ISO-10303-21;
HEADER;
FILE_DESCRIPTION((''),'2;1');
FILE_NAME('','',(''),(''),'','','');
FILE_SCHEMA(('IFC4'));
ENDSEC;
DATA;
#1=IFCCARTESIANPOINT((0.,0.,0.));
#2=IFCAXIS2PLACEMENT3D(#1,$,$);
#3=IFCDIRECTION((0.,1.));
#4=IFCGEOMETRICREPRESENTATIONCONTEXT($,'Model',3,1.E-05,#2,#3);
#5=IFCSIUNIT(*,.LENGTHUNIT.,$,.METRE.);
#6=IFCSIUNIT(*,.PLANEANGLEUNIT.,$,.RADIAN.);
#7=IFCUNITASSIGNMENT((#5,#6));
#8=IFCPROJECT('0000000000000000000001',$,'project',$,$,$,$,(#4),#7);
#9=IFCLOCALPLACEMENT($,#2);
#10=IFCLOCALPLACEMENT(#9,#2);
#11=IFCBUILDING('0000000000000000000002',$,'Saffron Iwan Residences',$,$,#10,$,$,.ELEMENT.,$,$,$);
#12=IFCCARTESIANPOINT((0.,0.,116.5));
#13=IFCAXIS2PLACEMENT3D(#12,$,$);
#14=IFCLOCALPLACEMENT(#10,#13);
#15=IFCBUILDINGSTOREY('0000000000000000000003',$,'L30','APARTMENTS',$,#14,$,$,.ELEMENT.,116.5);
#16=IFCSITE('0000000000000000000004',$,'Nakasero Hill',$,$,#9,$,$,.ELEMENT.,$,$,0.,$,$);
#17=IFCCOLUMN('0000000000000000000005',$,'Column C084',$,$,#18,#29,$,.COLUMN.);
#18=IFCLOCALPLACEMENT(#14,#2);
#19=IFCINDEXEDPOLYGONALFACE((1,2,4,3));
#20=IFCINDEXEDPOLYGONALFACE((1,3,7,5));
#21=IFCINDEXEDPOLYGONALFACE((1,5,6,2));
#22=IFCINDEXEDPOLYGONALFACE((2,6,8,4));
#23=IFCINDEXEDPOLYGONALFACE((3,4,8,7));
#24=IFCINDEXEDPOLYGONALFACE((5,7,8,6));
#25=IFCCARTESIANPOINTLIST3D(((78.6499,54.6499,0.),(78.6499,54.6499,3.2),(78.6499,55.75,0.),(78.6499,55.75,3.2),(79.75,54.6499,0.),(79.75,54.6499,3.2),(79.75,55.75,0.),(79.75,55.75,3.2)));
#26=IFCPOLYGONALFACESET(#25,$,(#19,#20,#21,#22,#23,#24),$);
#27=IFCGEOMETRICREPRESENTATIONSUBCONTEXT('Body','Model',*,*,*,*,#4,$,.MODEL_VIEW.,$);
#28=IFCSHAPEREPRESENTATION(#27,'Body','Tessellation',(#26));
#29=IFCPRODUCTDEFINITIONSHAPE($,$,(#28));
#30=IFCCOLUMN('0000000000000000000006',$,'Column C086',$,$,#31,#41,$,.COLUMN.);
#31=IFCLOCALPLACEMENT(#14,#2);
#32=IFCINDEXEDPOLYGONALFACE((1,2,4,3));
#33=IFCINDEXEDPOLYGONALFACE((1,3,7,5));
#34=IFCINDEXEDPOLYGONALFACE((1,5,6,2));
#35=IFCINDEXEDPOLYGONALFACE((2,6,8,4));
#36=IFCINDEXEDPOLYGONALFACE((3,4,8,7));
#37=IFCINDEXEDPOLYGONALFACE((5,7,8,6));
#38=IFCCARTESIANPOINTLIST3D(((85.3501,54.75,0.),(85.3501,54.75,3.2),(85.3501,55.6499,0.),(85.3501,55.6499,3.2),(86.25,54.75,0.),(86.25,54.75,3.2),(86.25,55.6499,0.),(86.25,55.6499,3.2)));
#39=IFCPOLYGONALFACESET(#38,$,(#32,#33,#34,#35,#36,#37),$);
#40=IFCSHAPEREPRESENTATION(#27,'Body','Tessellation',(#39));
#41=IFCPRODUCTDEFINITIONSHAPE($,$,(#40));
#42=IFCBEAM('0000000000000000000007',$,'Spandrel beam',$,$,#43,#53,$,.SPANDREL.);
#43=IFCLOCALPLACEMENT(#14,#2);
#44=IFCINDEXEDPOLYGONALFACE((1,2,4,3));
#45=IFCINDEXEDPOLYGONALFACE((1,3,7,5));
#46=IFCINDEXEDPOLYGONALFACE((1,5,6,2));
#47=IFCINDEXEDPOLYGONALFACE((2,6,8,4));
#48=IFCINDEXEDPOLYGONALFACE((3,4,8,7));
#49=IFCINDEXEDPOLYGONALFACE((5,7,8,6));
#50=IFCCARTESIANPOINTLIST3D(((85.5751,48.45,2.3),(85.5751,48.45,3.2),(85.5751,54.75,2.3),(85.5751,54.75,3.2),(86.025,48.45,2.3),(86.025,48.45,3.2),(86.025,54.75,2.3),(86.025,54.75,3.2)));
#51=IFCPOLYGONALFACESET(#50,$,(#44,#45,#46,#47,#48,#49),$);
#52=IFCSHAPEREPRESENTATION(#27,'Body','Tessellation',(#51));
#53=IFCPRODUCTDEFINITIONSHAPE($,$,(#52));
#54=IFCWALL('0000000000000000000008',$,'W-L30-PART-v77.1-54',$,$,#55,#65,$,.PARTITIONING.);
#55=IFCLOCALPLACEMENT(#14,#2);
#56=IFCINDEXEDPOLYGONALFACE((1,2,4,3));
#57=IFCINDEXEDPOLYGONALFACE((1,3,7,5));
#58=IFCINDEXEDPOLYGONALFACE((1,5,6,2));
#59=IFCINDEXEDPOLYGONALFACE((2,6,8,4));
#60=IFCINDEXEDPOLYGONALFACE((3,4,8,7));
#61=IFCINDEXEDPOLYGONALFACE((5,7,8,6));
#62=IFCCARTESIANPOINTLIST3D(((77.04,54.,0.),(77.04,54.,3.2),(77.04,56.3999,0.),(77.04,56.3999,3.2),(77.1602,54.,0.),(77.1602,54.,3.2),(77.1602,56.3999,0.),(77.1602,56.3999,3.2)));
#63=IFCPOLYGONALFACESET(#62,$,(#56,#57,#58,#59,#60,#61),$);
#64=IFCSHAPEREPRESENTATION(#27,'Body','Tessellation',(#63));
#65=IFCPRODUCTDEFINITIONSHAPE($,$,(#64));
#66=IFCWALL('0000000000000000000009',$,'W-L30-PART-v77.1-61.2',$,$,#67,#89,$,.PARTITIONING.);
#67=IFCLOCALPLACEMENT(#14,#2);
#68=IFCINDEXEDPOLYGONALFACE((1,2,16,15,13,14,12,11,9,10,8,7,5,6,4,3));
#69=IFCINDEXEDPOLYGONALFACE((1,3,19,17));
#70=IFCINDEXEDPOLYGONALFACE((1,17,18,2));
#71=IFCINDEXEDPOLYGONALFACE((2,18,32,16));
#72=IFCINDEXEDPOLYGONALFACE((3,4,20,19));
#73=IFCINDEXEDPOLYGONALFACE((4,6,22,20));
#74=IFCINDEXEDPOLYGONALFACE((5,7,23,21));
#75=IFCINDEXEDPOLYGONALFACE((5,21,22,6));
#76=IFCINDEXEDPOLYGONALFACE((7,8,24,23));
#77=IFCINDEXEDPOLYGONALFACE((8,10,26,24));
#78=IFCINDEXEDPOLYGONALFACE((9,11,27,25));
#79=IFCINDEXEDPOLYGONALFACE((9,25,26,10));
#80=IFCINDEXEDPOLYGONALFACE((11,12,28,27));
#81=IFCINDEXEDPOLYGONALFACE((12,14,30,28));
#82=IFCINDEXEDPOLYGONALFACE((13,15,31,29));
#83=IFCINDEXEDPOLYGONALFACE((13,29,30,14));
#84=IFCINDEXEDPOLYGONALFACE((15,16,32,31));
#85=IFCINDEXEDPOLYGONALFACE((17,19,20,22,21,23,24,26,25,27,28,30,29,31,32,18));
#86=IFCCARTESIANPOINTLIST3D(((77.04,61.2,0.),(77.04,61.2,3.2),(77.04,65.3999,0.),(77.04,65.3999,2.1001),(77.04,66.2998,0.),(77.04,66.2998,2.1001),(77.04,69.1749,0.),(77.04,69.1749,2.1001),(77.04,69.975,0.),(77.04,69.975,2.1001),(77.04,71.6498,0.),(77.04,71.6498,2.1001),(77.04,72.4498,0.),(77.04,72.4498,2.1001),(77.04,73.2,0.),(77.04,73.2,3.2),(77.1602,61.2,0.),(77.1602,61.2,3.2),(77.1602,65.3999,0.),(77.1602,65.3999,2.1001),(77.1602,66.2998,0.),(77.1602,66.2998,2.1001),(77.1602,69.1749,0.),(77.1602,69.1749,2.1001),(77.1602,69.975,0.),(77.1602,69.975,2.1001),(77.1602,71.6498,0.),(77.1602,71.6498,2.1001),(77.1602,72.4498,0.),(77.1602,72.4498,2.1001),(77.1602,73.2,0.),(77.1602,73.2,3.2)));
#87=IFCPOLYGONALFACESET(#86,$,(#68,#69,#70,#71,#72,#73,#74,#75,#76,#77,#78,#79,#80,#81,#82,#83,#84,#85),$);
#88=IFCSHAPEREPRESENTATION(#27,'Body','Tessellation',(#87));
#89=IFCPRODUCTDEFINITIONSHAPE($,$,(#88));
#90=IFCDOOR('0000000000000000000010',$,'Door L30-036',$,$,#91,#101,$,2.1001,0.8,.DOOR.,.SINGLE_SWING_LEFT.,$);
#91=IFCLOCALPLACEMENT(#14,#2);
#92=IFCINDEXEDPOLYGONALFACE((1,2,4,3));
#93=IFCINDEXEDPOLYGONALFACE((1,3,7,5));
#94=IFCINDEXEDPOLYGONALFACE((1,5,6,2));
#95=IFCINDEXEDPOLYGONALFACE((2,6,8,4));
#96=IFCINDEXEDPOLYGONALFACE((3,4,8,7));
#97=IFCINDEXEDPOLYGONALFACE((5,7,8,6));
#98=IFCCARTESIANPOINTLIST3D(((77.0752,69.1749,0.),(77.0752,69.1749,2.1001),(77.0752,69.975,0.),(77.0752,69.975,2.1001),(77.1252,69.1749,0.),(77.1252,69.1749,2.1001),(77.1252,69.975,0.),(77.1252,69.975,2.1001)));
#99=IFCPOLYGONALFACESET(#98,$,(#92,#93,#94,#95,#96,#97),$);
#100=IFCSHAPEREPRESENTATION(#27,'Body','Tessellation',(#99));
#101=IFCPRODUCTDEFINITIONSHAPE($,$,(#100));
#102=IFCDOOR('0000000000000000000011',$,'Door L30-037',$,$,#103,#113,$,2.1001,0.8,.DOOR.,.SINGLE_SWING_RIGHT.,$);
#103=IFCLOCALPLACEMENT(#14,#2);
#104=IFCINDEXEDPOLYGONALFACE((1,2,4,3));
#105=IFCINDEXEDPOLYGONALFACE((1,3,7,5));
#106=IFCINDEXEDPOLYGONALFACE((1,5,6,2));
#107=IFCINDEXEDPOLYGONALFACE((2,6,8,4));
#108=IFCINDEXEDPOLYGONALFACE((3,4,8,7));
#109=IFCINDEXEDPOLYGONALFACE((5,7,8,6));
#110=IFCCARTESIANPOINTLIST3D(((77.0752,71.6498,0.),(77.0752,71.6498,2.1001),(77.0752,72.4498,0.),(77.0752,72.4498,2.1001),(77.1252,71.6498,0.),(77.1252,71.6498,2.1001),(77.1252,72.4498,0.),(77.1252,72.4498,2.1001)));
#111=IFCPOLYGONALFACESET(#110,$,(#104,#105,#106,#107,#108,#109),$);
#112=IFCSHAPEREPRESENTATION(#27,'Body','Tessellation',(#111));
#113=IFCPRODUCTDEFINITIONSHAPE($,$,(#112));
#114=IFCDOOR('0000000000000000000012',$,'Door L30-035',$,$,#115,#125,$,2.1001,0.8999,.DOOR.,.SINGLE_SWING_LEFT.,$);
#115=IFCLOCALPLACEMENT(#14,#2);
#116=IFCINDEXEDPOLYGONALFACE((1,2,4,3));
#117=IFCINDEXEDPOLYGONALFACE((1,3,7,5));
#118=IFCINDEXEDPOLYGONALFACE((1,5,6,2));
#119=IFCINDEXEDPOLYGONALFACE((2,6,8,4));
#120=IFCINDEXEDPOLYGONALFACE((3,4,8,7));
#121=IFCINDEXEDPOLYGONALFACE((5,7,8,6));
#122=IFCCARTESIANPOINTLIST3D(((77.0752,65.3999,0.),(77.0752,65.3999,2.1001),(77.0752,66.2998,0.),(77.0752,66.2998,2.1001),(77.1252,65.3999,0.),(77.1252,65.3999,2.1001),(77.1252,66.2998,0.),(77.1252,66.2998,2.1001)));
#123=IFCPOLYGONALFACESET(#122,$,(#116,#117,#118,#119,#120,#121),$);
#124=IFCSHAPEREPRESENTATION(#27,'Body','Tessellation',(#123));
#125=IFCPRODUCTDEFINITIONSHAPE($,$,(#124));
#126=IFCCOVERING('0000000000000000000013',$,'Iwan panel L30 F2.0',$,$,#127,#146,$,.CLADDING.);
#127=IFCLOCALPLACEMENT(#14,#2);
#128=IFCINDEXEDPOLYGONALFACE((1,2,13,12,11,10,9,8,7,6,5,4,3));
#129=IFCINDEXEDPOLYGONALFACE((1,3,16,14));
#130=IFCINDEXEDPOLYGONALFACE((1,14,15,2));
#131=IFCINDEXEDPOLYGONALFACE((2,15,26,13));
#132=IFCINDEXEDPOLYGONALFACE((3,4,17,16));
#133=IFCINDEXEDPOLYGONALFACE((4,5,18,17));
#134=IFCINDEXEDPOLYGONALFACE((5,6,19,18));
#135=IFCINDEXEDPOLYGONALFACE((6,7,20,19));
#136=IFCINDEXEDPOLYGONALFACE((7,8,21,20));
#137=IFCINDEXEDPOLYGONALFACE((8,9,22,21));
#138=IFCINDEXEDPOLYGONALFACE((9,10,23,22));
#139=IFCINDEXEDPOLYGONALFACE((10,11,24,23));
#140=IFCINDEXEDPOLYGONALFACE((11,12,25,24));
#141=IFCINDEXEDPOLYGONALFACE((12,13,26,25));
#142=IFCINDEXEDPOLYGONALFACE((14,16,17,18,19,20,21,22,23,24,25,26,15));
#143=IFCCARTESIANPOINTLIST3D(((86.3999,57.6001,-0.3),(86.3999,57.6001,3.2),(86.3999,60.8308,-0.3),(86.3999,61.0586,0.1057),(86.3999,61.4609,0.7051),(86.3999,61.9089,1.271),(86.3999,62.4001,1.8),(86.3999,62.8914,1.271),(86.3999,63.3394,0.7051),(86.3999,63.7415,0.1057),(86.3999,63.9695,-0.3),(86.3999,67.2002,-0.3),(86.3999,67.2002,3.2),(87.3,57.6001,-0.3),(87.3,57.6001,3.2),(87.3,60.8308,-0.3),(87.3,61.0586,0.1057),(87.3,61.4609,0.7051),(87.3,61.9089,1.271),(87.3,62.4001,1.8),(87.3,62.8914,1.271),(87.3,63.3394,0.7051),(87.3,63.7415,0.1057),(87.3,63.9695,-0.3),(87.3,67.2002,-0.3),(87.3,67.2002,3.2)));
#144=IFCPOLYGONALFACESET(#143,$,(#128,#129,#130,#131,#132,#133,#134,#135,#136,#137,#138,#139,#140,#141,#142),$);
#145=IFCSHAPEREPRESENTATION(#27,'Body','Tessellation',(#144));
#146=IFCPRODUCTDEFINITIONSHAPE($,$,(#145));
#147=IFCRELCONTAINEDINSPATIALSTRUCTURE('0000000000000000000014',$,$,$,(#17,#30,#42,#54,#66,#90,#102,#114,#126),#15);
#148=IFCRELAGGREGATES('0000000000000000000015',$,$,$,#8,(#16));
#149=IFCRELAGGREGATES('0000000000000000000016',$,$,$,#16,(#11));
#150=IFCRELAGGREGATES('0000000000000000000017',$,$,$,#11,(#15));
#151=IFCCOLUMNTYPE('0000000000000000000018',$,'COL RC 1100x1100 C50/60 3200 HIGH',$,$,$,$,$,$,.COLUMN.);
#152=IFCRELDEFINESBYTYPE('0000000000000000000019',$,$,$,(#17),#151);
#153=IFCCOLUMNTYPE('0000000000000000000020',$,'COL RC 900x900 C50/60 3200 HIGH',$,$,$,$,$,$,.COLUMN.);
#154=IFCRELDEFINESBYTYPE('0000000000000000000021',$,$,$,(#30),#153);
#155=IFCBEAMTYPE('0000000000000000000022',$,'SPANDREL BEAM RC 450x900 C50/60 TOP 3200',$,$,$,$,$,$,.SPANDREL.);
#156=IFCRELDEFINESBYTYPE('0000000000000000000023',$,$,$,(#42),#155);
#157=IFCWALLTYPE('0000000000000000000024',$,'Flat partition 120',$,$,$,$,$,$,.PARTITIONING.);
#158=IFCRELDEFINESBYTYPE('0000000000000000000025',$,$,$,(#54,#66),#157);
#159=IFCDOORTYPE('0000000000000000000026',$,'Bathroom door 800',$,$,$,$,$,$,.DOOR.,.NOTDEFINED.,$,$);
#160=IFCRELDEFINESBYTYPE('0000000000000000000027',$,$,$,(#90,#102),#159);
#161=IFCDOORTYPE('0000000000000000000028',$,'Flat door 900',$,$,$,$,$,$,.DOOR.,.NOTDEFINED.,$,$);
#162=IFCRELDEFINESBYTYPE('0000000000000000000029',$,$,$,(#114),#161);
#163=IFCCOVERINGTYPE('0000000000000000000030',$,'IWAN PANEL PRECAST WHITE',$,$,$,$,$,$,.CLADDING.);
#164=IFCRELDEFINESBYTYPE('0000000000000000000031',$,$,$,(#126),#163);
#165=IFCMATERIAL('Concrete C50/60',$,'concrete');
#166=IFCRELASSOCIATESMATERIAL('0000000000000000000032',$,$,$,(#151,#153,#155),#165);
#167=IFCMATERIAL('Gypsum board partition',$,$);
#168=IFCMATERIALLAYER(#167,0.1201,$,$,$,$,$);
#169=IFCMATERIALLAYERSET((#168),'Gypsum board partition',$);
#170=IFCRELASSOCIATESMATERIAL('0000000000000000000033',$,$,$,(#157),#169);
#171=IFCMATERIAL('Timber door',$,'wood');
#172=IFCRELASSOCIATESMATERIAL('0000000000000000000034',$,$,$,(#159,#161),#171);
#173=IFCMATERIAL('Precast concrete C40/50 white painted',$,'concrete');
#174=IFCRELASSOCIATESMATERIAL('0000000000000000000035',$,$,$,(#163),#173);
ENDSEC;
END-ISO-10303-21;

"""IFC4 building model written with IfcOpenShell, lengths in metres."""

from ifc_helpers import new_model, si_unit, direction, frame, frame_2d, origin, origin_2d, place, context, subcontext, project, spatial, polyline, rectangle, outline, extrude, source, transform, mapped, material, layer, layer_set, material_profile, profile_set, type_object, element, fill, save


model = new_model("IFC4")

# Units and contexts
model_context = context("Model", 3, precision=1e-05, world=origin(), true_north=direction((0.0, 1.0)))
body_context = subcontext(model_context, "Body", "Model", "MODEL_VIEW")
ifc_project = project(units=[si_unit("LENGTHUNIT", "METRE"), si_unit("PLANEANGLEUNIT", "RADIAN")], contexts=[model_context])

# Site, building, storey
site_placement = place(None, origin())
site = spatial("IfcSite", under=ifc_project, at=site_placement, Name="Nakasero Hill", CompositionType="ELEMENT", RefElevation=0.0)
building_placement = place(site_placement, origin())
building = spatial("IfcBuilding", under=site, at=building_placement, Name="Saffron Iwan Residences", CompositionType="ELEMENT")
storey_placement = place(building_placement, frame((0.0, 0.0, 116.5)))
storey = spatial("IfcBuildingStorey", under=building, at=storey_placement, Name="L30", Description="APARTMENTS", CompositionType="ELEMENT", Elevation=116.5)

# Columns
ifc_material_1 = material(Name="Concrete C50/60", Category="concrete")
ifc_material_profile_1 = material_profile(ifc_material_1, rectangle(XDim=1.1001, YDim=1.1001, at=origin_2d()), Name="RC 1100x1100")
ifc_profile_set_1 = profile_set([ifc_material_profile_1], Name="Concrete C50/60")
column_type_1 = type_object("IfcColumnType", Name="COL RC 1100x1100 C50/60 3200 HIGH", PredefinedType="COLUMN", material=ifc_profile_set_1)
shared_shape_1 = source(origin(), body_context, "Body", "SweptSolid", [
    extrude(rectangle(XDim=1.1001, YDim=1.1001, at=origin_2d()), origin(), (0.0, 0.0, 1.0), 3.2),
])
column_1_placement = place(storey_placement, frame((79.2, 55.2, 0.0), z_axis=(0.0, 0.0, 1.0), x_axis=(1.0, 0.0, 0.0)))
element("IfcColumn", 1, at=column_1_placement, inside=storey, type_object=column_type_1, Name="Column C084", PredefinedType="COLUMN", context=body_context, shape_type="MappedRepresentation", body=[
    mapped(shared_shape_1, transform((0.0, 0.0, 0.0))),
])
ifc_material_profile_2 = material_profile(ifc_material_1, rectangle(XDim=0.8999, YDim=0.8999, at=origin_2d()), Name="RC 900x900")
ifc_profile_set_2 = profile_set([ifc_material_profile_2], Name="Concrete C50/60")
column_type_2 = type_object("IfcColumnType", Name="COL RC 900x900 C50/60 3200 HIGH", PredefinedType="COLUMN", material=ifc_profile_set_2)
shared_shape_2 = source(origin(), body_context, "Body", "SweptSolid", [
    extrude(rectangle(XDim=0.8999, YDim=0.8999, at=origin_2d()), origin(), (0.0, 0.0, 1.0), 3.2),
])
column_2_placement = place(storey_placement, frame((85.8, 55.2, 0.0), z_axis=(0.0, 0.0, 1.0), x_axis=(1.0, 0.0, 0.0)))
element("IfcColumn", 2, at=column_2_placement, inside=storey, type_object=column_type_2, Name="Column C086", PredefinedType="COLUMN", context=body_context, shape_type="MappedRepresentation", body=[
    mapped(shared_shape_2, transform((0.0, 0.0, 0.0))),
])

# Beam
ifc_material_profile_3 = material_profile(ifc_material_1, rectangle(XDim=0.45, YDim=0.8999, at=origin_2d()), Name="RC 450x900")
ifc_profile_set_3 = profile_set([ifc_material_profile_3], Name="Concrete C50/60")
beam_type = type_object("IfcBeamType", Name="SPANDREL BEAM RC 450x900 C50/60 TOP 3200", PredefinedType="SPANDREL", material=ifc_profile_set_3)
shared_shape_3 = source(origin(), body_context, "Body", "SweptSolid", [
    extrude(rectangle(XDim=0.45, YDim=0.8999, at=origin_2d()), origin(), (0.0, 0.0, 1.0), 6.3),
])
beam_placement = place(storey_placement, frame((85.8, 54.75, 2.75), z_axis=(0.0, -1.0, 0.0), x_axis=(1.0, 0.0, 0.0)))
element("IfcBeam", 3, at=beam_placement, inside=storey, type_object=beam_type, Name="Spandrel beam", PredefinedType="SPANDREL", context=body_context, shape_type="MappedRepresentation", body=[
    mapped(shared_shape_3, transform((0.0, 0.0, 0.0))),
])

# Wall
ifc_material_2 = material(Name="Gypsum board partition")
ifc_layer = layer(ifc_material_2, 0.1201)
ifc_layer_set = layer_set([ifc_layer], Name="Gypsum board partition")
wall_type = type_object("IfcWallType", Name="Flat partition 120", PredefinedType="PARTITIONING", material=ifc_layer_set)
wall_1_placement = place(storey_placement, frame((77.1001, 54.0, 0.0), z_axis=(0.0, 0.0, 1.0), x_axis=(0.0, 1.0, 0.0)))
element("IfcWall", 4, at=wall_1_placement, inside=storey, type_object=wall_type, Name="W-L30-PART-v77.1-54", PredefinedType="PARTITIONING", context=body_context, shape_type="SweptSolid", body=[
    extrude(rectangle(XDim=2.3999, YDim=0.1201, at=frame_2d((1.2, 0.0))), origin(), (0.0, 0.0, 1.0), 3.2),
])

# Wall, openings, doors
wall_2_placement = place(storey_placement, frame((77.1001, 61.2, 0.0), z_axis=(0.0, 0.0, 1.0), x_axis=(0.0, 1.0, 0.0)))
wall_2 = element("IfcWall", 5, at=wall_2_placement, inside=storey, type_object=wall_type, Name="W-L30-PART-v77.1-61.2", PredefinedType="PARTITIONING", context=body_context, shape_type="SweptSolid", body=[
    extrude(rectangle(XDim=12.0, YDim=0.1201, at=frame_2d((6.0, 0.0))), origin(), (0.0, 0.0, 1.0), 3.2),
])
opening_1_placement = place(wall_2_placement, frame((4.2, 0.0, 0.0)))
opening_1 = element("IfcOpeningElement", 6, at=opening_1_placement, cuts=wall_2, PredefinedType="OPENING", context=body_context, shape_type="SweptSolid", body=[
    extrude(rectangle(XDim=0.8999, YDim=2.1001, at=frame_2d((0.45, 1.05))), frame((0.0, 0.0701, 0.0), z_axis=(0.0, -1.0, 0.0), x_axis=(1.0, 0.0, 0.0)), (0.0, 0.0, 1.0), 0.1401),
])
opening_2_placement = place(wall_2_placement, frame((7.9751, 0.0, 0.0)))
opening_2 = element("IfcOpeningElement", 7, at=opening_2_placement, cuts=wall_2, PredefinedType="OPENING", context=body_context, shape_type="SweptSolid", body=[
    extrude(rectangle(XDim=0.8, YDim=2.1001, at=frame_2d((0.3999, 1.05))), frame((0.0, 0.0701, 0.0), z_axis=(0.0, -1.0, 0.0), x_axis=(1.0, 0.0, 0.0)), (0.0, 0.0, 1.0), 0.1401),
])
opening_3_placement = place(wall_2_placement, frame((10.45, 0.0, 0.0)))
opening_3 = element("IfcOpeningElement", 8, at=opening_3_placement, cuts=wall_2, PredefinedType="OPENING", context=body_context, shape_type="SweptSolid", body=[
    extrude(rectangle(XDim=0.8, YDim=2.1001, at=frame_2d((0.3999, 1.05))), frame((0.0, 0.0701, 0.0), z_axis=(0.0, -1.0, 0.0), x_axis=(1.0, 0.0, 0.0)), (0.0, 0.0, 1.0), 0.1401),
])
ifc_material_3 = material(Name="Timber door", Category="wood")
door_type_1 = type_object("IfcDoorType", Name="Bathroom door 800", OperationType="NOTDEFINED", PredefinedType="DOOR", material=ifc_material_3)
door_1_placement = place(opening_2_placement, origin())
door_1 = element("IfcDoor", 9, at=door_1_placement, inside=storey, type_object=door_type_1, Name="Door L30-036", OperationType="SINGLE_SWING_LEFT", OverallHeight=2.1001, OverallWidth=0.8, PredefinedType="DOOR", context=body_context, shape_type="SweptSolid", body=[
    extrude(rectangle(XDim=0.8, YDim=2.1001, at=frame_2d((0.3999, 1.05))), frame((0.0, 0.0249, 0.0), z_axis=(0.0, -1.0, 0.0), x_axis=(1.0, 0.0, 0.0)), (0.0, 0.0, 1.0), 0.05),
])
fill(opening_2, door_1)
door_2_placement = place(opening_3_placement, origin())
door_2 = element("IfcDoor", 10, at=door_2_placement, inside=storey, type_object=door_type_1, Name="Door L30-037", OperationType="SINGLE_SWING_RIGHT", OverallHeight=2.1001, OverallWidth=0.8, PredefinedType="DOOR", context=body_context, shape_type="SweptSolid", body=[
    extrude(rectangle(XDim=0.8, YDim=2.1001, at=frame_2d((0.3999, 1.05))), frame((0.0, 0.0249, 0.0), z_axis=(0.0, -1.0, 0.0), x_axis=(1.0, 0.0, 0.0)), (0.0, 0.0, 1.0), 0.05),
])
fill(opening_3, door_2)
door_type_2 = type_object("IfcDoorType", Name="Flat door 900", OperationType="NOTDEFINED", PredefinedType="DOOR", material=ifc_material_3)
door_3_placement = place(opening_1_placement, origin())
door_3 = element("IfcDoor", 11, at=door_3_placement, inside=storey, type_object=door_type_2, Name="Door L30-035", OperationType="SINGLE_SWING_LEFT", OverallHeight=2.1001, OverallWidth=0.8999, PredefinedType="DOOR", context=body_context, shape_type="SweptSolid", body=[
    extrude(rectangle(XDim=0.8999, YDim=2.1001, at=frame_2d((0.45, 1.05))), frame((0.0, 0.0249, 0.0), z_axis=(0.0, -1.0, 0.0), x_axis=(1.0, 0.0, 0.0)), (0.0, 0.0, 1.0), 0.05),
])
fill(opening_1, door_3)

# Covering
ifc_material_4 = material(Name="Precast concrete C40/50 white painted", Category="concrete")
covering_type = type_object("IfcCoveringType", Name="IWAN PANEL PRECAST WHITE", PredefinedType="CLADDING", material=ifc_material_4)
covering_placement = place(storey_placement, frame((86.3999, 57.6001, -0.3), z_axis=(1.0, 0.0, 0.0), x_axis=(0.0, 1.0, 0.0)))
element("IfcCovering", 12, at=covering_placement, inside=storey, type_object=covering_type, Name="Iwan panel L30 F2.0", PredefinedType="CLADDING", context=body_context, shape_type="SweptSolid", body=[
    extrude(outline(polyline([(0.0, 0.0), (0.0, 3.5), (9.6001, 3.5), (9.6001, 0.0), (6.3694, 0.0), (6.1414, 0.4058), (5.7393, 1.0051), (5.2913, 1.571), (4.8, 2.1001), (4.3088, 1.571), (3.8608, 1.0051), (3.4585, 0.4058), (3.2307, 0.0), (0.0, 0.0)])), origin(), (0.0, 0.0, 1.0), 0.9001),
])

save(model, "model.ifc")
